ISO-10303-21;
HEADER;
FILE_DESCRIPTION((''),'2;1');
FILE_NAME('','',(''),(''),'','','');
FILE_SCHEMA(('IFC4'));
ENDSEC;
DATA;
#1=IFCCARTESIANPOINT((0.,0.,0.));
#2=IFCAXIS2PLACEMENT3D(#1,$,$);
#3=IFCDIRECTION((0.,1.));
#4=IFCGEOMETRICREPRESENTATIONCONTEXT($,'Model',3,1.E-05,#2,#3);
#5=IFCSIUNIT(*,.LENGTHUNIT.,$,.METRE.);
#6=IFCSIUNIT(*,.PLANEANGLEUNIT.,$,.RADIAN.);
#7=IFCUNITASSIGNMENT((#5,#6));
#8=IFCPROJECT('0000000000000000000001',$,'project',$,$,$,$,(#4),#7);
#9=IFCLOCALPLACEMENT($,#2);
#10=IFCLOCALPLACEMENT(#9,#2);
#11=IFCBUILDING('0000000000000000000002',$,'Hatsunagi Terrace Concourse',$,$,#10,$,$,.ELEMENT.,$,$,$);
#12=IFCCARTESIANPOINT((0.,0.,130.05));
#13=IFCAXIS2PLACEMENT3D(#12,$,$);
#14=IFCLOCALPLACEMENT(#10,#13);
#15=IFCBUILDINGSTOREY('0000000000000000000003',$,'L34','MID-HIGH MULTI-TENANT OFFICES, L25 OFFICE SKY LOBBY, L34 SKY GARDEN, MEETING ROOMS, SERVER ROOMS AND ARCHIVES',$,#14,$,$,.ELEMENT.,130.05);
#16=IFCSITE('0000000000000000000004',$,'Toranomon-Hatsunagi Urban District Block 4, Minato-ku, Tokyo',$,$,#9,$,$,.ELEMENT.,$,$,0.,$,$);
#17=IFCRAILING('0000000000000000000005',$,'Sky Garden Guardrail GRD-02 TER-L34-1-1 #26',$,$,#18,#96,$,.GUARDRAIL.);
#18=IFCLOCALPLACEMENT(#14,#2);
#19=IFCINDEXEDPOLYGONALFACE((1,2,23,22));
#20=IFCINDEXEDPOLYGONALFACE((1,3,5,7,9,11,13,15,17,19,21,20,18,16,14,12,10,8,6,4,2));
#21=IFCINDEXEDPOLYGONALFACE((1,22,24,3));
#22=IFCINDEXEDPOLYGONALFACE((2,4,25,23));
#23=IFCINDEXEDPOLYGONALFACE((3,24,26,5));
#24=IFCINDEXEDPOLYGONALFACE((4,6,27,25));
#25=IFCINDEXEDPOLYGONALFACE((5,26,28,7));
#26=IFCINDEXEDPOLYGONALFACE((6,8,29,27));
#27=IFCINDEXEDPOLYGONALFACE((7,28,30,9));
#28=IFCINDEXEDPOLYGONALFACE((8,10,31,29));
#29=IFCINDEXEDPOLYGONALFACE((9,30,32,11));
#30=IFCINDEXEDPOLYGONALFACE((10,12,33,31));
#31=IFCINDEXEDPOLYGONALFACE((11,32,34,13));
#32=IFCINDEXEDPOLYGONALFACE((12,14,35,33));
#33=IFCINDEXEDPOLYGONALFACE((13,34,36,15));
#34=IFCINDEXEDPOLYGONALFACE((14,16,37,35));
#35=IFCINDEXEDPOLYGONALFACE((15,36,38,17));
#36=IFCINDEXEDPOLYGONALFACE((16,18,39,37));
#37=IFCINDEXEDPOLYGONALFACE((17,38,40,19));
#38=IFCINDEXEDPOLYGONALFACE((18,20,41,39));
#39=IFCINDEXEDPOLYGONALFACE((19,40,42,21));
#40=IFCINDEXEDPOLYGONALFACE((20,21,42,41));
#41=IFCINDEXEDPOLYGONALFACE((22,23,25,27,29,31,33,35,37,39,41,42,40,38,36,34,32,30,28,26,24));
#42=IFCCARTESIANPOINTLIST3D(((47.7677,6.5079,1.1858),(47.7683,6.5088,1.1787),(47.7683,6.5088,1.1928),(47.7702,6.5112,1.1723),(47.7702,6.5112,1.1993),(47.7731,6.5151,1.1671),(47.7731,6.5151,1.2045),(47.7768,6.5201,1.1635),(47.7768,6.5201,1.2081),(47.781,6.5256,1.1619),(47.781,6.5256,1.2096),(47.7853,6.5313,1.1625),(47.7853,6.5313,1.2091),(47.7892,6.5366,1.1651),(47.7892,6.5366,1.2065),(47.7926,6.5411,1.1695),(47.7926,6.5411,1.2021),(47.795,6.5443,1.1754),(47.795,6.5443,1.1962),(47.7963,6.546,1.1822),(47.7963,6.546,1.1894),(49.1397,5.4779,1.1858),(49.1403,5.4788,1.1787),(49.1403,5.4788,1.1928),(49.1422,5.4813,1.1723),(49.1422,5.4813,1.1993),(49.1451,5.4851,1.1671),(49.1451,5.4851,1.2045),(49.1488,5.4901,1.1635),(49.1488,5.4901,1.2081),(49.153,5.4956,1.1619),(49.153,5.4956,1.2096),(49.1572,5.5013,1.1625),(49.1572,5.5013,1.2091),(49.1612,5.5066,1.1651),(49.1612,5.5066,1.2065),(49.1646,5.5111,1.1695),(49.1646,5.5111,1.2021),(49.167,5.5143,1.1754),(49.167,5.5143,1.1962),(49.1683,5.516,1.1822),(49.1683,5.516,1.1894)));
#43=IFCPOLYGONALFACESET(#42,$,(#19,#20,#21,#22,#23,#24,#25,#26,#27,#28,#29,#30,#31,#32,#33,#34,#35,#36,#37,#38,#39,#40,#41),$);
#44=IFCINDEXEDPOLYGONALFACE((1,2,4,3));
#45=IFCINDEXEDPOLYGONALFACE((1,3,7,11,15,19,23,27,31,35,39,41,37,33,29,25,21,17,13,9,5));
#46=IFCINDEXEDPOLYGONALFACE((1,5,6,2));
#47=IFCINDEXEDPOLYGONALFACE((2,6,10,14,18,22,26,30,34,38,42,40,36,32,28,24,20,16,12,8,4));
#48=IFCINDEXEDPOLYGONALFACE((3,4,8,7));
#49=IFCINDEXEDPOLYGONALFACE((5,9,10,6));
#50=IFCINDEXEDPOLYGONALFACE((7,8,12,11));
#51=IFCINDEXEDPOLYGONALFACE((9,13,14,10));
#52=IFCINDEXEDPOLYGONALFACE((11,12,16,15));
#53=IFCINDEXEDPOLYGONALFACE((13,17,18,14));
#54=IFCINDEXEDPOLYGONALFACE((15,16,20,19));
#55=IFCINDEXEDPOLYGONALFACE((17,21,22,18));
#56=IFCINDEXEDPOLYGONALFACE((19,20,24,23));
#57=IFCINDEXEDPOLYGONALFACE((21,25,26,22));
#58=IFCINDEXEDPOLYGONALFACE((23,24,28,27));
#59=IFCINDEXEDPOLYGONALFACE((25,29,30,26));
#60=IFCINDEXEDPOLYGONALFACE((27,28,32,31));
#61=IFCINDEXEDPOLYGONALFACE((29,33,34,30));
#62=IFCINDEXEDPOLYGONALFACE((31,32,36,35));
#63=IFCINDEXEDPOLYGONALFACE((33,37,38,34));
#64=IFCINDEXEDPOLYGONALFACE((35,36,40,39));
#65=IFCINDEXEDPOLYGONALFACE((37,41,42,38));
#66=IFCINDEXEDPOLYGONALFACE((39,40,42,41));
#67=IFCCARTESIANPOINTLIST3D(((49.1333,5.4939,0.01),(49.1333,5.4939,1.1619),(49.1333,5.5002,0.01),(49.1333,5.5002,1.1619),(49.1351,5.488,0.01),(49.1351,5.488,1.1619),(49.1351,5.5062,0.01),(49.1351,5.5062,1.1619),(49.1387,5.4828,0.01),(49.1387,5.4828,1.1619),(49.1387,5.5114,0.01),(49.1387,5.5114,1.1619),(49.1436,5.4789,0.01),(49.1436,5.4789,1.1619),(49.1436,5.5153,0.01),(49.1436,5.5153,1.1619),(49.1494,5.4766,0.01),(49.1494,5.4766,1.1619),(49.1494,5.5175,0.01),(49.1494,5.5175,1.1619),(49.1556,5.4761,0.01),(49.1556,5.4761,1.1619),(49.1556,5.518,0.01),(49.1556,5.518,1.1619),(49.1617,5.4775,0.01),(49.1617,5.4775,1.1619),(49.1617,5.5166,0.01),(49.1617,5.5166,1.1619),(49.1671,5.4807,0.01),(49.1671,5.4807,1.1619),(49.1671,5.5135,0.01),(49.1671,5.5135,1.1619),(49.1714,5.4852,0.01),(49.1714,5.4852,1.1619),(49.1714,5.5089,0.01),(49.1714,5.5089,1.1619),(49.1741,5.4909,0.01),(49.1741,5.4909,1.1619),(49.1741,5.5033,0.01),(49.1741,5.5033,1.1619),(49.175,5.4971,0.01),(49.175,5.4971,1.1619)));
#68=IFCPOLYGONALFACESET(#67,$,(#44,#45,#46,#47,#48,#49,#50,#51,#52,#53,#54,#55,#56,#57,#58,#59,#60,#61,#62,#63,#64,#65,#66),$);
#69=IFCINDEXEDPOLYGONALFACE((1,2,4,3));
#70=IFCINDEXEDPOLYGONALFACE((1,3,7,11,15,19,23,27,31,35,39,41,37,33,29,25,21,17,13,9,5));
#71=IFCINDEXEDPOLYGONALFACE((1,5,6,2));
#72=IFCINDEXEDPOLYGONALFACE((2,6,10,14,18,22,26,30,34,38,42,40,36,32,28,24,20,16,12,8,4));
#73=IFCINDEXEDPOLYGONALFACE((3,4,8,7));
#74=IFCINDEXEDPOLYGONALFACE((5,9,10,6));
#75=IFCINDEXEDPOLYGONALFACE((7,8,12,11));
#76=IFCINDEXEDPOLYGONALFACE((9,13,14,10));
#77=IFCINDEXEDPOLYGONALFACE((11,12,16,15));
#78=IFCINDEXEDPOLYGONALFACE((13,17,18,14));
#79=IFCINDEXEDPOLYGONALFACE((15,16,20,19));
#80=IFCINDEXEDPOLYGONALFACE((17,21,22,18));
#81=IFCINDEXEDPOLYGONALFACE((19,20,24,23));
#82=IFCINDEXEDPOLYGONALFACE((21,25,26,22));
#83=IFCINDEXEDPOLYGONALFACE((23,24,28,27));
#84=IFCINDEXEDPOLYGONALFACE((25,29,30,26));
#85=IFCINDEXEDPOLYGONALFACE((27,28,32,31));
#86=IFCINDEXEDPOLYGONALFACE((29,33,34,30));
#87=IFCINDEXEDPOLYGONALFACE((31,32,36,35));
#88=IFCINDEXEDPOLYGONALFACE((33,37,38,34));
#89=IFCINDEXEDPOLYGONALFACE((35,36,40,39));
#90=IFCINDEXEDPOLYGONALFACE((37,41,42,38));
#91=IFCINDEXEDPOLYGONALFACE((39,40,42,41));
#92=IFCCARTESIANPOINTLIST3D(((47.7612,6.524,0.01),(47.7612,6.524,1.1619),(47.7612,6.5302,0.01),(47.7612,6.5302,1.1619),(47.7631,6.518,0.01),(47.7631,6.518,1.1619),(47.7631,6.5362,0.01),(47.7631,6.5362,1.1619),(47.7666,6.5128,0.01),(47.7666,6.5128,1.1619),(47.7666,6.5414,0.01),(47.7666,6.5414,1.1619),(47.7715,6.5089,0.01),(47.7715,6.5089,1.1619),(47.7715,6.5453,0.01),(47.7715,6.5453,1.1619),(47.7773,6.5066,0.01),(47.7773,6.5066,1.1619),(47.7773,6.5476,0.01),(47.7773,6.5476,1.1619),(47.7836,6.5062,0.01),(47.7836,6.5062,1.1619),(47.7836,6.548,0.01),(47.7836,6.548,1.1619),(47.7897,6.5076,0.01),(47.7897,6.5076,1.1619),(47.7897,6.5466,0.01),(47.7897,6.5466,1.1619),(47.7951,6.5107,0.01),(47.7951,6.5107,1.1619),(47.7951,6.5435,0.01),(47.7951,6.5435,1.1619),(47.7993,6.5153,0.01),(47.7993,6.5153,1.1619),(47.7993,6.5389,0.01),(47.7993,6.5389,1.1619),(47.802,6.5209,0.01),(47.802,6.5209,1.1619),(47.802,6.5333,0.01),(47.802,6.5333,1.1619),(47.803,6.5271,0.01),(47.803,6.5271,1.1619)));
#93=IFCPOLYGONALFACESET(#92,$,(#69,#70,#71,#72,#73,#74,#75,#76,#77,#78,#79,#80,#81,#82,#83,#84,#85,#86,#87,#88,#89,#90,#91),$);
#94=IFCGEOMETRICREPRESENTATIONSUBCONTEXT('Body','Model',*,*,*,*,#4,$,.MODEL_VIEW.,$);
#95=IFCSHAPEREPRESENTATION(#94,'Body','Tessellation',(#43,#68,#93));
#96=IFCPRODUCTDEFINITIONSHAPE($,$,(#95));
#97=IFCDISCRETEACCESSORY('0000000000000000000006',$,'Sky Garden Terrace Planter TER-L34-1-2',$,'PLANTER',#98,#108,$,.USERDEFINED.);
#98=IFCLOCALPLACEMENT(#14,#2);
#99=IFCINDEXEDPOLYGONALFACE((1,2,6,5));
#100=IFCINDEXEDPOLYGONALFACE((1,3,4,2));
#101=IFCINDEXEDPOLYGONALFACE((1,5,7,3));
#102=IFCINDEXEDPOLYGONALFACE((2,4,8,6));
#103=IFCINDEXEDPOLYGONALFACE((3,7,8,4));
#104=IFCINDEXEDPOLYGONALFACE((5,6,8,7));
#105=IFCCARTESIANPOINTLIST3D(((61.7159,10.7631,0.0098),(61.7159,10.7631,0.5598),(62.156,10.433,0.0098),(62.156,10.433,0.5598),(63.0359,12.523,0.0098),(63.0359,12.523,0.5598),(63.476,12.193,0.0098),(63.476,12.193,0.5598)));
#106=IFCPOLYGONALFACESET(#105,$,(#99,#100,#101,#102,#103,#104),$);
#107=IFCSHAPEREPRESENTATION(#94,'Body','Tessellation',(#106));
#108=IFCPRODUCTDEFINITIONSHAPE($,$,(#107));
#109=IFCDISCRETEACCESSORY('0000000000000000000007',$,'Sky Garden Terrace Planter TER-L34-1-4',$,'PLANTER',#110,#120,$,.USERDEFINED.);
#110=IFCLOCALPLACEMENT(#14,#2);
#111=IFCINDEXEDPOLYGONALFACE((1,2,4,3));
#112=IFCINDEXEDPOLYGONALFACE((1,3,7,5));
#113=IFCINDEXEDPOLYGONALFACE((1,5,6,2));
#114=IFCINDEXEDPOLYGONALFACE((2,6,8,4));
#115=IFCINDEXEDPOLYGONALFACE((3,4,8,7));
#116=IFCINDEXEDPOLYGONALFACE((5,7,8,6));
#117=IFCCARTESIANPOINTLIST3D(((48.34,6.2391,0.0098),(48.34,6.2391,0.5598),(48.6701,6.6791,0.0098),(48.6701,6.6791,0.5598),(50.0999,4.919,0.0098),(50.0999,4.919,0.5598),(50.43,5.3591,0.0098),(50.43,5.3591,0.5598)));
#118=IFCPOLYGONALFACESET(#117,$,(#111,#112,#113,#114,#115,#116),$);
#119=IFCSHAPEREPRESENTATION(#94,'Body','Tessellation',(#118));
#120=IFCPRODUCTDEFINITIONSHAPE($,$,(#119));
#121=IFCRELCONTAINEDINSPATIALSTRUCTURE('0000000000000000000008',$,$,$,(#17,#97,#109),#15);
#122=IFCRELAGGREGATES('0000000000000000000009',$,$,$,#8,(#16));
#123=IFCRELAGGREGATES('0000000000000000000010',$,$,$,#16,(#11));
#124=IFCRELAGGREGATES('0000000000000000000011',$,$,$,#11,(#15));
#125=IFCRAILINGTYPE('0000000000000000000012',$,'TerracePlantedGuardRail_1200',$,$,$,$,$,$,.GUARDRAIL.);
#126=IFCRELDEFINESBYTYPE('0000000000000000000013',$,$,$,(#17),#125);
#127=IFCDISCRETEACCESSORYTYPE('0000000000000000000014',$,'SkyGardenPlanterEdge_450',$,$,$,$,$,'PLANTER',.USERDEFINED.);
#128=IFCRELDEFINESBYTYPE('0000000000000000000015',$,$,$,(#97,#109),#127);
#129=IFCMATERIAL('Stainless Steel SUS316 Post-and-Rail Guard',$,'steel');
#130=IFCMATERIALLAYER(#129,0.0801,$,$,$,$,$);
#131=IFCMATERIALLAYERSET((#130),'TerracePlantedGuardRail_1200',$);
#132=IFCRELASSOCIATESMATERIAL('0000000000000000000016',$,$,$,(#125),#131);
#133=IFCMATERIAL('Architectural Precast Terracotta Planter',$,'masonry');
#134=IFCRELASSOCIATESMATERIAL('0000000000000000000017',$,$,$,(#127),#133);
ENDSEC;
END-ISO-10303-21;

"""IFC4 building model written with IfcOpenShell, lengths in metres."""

from ifc_helpers import new_model, si_unit, direction, frame, origin, origin_2d, place, context, subcontext, project, spatial, rectangle, circle, extrude, material, layer, layer_set, type_object, element, save


model = new_model("IFC4")

# Units and contexts
model_context = context("Model", 3, precision=1e-05, world=origin(), true_north=direction((0.0, 1.0)))
body_context = subcontext(model_context, "Body", "Model", "MODEL_VIEW")
ifc_project = project(units=[si_unit("LENGTHUNIT", "METRE"), si_unit("PLANEANGLEUNIT", "RADIAN")], contexts=[model_context])

# Site, building, storey
site_placement = place(None, origin())
site = spatial("IfcSite", under=ifc_project, at=site_placement, Name="Toranomon-Hatsunagi Urban District Block 4, Minato-ku, Tokyo", CompositionType="ELEMENT", RefElevation=0.0)
building_placement = place(site_placement, origin())
building = spatial("IfcBuilding", under=site, at=building_placement, Name="Hatsunagi Terrace Concourse", CompositionType="ELEMENT")
storey_placement = place(building_placement, frame((0.0, 0.0, 130.05)))
storey = spatial("IfcBuildingStorey", under=building, at=storey_placement, Name="L34", Description="MID-HIGH MULTI-TENANT OFFICES, L25 OFFICE SKY LOBBY, L34 SKY GARDEN, MEETING ROOMS, SERVER ROOMS AND ARCHIVES", CompositionType="ELEMENT", Elevation=130.05)

# Railing
ifc_material_1 = material(Name="Stainless Steel SUS316 Post-and-Rail Guard", Category="steel")
ifc_layer_1 = layer(ifc_material_1, 0.0801)
ifc_layer_set_1 = layer_set([ifc_layer_1], Name="TerracePlantedGuardRail_1200")
railing_type = type_object("IfcRailingType", Name="TerracePlantedGuardRail_1200", PredefinedType="GUARDRAIL", material=ifc_layer_set_1)
for number, where, name in (
    (1, (49.1541, 5.4971, 0.01), "Sky Garden Guardrail GRD-02 TER-L34-1-1 #26"),
):
    element("IfcRailing", number, at=place(storey_placement, frame(where)), inside=storey, type_object=railing_type, Name=name, PredefinedType="GUARDRAIL", context=body_context, shape_type="SweptSolid", body=[
        extrude(circle(Radius=0.0239, at=origin_2d()), frame((0.0, 0.0, 1.1758), z_axis=(-0.799727, 0.600364, 0.0), x_axis=(-0.600364, -0.799727, 0.0)), (0.0, 0.0, 1.0), 1.7156),
        extrude(circle(Radius=0.021, at=origin_2d()), origin(), (0.0, 0.0, 1.0), 1.1519),
        extrude(circle(Radius=0.021, at=origin_2d()), frame((-1.3721, 1.03, 0.0)), (0.0, 0.0, 1.0), 1.1519),
    ])

# Discrete accessories
ifc_material_2 = material(Name="Architectural Precast Terracotta Planter", Category="masonry")
discrete_accessory_type = type_object("IfcDiscreteAccessoryType", Name="SkyGardenPlanterEdge_450", ElementType="PLANTER", PredefinedType="USERDEFINED", material=ifc_material_2)
for number, where, z_axis, x_axis, name in (
    (2, (62.5959, 11.478, 0.0098), (0.0, 0.0, 1.0), (-0.600001, -0.799999, 0.0), "Sky Garden Terrace Planter TER-L34-1-2"),
    (3, (49.385, 5.7991, 0.0098), (0.0, 0.0, 1.0), (-0.799978, 0.600029, 0.0), "Sky Garden Terrace Planter TER-L34-1-4"),
):
    element("IfcDiscreteAccessory", number, at=place(storey_placement, frame(where, z_axis=z_axis, x_axis=x_axis)), inside=storey, type_object=discrete_accessory_type, Name=name, ObjectType="PLANTER", PredefinedType="USERDEFINED", context=body_context, shape_type="SweptSolid", body=[
        extrude(rectangle(XDim=2.2, YDim=0.55, at=origin_2d()), origin(), (0.0, 0.0, 1.0), 0.55),
    ])

save(model, "model.ifc")
